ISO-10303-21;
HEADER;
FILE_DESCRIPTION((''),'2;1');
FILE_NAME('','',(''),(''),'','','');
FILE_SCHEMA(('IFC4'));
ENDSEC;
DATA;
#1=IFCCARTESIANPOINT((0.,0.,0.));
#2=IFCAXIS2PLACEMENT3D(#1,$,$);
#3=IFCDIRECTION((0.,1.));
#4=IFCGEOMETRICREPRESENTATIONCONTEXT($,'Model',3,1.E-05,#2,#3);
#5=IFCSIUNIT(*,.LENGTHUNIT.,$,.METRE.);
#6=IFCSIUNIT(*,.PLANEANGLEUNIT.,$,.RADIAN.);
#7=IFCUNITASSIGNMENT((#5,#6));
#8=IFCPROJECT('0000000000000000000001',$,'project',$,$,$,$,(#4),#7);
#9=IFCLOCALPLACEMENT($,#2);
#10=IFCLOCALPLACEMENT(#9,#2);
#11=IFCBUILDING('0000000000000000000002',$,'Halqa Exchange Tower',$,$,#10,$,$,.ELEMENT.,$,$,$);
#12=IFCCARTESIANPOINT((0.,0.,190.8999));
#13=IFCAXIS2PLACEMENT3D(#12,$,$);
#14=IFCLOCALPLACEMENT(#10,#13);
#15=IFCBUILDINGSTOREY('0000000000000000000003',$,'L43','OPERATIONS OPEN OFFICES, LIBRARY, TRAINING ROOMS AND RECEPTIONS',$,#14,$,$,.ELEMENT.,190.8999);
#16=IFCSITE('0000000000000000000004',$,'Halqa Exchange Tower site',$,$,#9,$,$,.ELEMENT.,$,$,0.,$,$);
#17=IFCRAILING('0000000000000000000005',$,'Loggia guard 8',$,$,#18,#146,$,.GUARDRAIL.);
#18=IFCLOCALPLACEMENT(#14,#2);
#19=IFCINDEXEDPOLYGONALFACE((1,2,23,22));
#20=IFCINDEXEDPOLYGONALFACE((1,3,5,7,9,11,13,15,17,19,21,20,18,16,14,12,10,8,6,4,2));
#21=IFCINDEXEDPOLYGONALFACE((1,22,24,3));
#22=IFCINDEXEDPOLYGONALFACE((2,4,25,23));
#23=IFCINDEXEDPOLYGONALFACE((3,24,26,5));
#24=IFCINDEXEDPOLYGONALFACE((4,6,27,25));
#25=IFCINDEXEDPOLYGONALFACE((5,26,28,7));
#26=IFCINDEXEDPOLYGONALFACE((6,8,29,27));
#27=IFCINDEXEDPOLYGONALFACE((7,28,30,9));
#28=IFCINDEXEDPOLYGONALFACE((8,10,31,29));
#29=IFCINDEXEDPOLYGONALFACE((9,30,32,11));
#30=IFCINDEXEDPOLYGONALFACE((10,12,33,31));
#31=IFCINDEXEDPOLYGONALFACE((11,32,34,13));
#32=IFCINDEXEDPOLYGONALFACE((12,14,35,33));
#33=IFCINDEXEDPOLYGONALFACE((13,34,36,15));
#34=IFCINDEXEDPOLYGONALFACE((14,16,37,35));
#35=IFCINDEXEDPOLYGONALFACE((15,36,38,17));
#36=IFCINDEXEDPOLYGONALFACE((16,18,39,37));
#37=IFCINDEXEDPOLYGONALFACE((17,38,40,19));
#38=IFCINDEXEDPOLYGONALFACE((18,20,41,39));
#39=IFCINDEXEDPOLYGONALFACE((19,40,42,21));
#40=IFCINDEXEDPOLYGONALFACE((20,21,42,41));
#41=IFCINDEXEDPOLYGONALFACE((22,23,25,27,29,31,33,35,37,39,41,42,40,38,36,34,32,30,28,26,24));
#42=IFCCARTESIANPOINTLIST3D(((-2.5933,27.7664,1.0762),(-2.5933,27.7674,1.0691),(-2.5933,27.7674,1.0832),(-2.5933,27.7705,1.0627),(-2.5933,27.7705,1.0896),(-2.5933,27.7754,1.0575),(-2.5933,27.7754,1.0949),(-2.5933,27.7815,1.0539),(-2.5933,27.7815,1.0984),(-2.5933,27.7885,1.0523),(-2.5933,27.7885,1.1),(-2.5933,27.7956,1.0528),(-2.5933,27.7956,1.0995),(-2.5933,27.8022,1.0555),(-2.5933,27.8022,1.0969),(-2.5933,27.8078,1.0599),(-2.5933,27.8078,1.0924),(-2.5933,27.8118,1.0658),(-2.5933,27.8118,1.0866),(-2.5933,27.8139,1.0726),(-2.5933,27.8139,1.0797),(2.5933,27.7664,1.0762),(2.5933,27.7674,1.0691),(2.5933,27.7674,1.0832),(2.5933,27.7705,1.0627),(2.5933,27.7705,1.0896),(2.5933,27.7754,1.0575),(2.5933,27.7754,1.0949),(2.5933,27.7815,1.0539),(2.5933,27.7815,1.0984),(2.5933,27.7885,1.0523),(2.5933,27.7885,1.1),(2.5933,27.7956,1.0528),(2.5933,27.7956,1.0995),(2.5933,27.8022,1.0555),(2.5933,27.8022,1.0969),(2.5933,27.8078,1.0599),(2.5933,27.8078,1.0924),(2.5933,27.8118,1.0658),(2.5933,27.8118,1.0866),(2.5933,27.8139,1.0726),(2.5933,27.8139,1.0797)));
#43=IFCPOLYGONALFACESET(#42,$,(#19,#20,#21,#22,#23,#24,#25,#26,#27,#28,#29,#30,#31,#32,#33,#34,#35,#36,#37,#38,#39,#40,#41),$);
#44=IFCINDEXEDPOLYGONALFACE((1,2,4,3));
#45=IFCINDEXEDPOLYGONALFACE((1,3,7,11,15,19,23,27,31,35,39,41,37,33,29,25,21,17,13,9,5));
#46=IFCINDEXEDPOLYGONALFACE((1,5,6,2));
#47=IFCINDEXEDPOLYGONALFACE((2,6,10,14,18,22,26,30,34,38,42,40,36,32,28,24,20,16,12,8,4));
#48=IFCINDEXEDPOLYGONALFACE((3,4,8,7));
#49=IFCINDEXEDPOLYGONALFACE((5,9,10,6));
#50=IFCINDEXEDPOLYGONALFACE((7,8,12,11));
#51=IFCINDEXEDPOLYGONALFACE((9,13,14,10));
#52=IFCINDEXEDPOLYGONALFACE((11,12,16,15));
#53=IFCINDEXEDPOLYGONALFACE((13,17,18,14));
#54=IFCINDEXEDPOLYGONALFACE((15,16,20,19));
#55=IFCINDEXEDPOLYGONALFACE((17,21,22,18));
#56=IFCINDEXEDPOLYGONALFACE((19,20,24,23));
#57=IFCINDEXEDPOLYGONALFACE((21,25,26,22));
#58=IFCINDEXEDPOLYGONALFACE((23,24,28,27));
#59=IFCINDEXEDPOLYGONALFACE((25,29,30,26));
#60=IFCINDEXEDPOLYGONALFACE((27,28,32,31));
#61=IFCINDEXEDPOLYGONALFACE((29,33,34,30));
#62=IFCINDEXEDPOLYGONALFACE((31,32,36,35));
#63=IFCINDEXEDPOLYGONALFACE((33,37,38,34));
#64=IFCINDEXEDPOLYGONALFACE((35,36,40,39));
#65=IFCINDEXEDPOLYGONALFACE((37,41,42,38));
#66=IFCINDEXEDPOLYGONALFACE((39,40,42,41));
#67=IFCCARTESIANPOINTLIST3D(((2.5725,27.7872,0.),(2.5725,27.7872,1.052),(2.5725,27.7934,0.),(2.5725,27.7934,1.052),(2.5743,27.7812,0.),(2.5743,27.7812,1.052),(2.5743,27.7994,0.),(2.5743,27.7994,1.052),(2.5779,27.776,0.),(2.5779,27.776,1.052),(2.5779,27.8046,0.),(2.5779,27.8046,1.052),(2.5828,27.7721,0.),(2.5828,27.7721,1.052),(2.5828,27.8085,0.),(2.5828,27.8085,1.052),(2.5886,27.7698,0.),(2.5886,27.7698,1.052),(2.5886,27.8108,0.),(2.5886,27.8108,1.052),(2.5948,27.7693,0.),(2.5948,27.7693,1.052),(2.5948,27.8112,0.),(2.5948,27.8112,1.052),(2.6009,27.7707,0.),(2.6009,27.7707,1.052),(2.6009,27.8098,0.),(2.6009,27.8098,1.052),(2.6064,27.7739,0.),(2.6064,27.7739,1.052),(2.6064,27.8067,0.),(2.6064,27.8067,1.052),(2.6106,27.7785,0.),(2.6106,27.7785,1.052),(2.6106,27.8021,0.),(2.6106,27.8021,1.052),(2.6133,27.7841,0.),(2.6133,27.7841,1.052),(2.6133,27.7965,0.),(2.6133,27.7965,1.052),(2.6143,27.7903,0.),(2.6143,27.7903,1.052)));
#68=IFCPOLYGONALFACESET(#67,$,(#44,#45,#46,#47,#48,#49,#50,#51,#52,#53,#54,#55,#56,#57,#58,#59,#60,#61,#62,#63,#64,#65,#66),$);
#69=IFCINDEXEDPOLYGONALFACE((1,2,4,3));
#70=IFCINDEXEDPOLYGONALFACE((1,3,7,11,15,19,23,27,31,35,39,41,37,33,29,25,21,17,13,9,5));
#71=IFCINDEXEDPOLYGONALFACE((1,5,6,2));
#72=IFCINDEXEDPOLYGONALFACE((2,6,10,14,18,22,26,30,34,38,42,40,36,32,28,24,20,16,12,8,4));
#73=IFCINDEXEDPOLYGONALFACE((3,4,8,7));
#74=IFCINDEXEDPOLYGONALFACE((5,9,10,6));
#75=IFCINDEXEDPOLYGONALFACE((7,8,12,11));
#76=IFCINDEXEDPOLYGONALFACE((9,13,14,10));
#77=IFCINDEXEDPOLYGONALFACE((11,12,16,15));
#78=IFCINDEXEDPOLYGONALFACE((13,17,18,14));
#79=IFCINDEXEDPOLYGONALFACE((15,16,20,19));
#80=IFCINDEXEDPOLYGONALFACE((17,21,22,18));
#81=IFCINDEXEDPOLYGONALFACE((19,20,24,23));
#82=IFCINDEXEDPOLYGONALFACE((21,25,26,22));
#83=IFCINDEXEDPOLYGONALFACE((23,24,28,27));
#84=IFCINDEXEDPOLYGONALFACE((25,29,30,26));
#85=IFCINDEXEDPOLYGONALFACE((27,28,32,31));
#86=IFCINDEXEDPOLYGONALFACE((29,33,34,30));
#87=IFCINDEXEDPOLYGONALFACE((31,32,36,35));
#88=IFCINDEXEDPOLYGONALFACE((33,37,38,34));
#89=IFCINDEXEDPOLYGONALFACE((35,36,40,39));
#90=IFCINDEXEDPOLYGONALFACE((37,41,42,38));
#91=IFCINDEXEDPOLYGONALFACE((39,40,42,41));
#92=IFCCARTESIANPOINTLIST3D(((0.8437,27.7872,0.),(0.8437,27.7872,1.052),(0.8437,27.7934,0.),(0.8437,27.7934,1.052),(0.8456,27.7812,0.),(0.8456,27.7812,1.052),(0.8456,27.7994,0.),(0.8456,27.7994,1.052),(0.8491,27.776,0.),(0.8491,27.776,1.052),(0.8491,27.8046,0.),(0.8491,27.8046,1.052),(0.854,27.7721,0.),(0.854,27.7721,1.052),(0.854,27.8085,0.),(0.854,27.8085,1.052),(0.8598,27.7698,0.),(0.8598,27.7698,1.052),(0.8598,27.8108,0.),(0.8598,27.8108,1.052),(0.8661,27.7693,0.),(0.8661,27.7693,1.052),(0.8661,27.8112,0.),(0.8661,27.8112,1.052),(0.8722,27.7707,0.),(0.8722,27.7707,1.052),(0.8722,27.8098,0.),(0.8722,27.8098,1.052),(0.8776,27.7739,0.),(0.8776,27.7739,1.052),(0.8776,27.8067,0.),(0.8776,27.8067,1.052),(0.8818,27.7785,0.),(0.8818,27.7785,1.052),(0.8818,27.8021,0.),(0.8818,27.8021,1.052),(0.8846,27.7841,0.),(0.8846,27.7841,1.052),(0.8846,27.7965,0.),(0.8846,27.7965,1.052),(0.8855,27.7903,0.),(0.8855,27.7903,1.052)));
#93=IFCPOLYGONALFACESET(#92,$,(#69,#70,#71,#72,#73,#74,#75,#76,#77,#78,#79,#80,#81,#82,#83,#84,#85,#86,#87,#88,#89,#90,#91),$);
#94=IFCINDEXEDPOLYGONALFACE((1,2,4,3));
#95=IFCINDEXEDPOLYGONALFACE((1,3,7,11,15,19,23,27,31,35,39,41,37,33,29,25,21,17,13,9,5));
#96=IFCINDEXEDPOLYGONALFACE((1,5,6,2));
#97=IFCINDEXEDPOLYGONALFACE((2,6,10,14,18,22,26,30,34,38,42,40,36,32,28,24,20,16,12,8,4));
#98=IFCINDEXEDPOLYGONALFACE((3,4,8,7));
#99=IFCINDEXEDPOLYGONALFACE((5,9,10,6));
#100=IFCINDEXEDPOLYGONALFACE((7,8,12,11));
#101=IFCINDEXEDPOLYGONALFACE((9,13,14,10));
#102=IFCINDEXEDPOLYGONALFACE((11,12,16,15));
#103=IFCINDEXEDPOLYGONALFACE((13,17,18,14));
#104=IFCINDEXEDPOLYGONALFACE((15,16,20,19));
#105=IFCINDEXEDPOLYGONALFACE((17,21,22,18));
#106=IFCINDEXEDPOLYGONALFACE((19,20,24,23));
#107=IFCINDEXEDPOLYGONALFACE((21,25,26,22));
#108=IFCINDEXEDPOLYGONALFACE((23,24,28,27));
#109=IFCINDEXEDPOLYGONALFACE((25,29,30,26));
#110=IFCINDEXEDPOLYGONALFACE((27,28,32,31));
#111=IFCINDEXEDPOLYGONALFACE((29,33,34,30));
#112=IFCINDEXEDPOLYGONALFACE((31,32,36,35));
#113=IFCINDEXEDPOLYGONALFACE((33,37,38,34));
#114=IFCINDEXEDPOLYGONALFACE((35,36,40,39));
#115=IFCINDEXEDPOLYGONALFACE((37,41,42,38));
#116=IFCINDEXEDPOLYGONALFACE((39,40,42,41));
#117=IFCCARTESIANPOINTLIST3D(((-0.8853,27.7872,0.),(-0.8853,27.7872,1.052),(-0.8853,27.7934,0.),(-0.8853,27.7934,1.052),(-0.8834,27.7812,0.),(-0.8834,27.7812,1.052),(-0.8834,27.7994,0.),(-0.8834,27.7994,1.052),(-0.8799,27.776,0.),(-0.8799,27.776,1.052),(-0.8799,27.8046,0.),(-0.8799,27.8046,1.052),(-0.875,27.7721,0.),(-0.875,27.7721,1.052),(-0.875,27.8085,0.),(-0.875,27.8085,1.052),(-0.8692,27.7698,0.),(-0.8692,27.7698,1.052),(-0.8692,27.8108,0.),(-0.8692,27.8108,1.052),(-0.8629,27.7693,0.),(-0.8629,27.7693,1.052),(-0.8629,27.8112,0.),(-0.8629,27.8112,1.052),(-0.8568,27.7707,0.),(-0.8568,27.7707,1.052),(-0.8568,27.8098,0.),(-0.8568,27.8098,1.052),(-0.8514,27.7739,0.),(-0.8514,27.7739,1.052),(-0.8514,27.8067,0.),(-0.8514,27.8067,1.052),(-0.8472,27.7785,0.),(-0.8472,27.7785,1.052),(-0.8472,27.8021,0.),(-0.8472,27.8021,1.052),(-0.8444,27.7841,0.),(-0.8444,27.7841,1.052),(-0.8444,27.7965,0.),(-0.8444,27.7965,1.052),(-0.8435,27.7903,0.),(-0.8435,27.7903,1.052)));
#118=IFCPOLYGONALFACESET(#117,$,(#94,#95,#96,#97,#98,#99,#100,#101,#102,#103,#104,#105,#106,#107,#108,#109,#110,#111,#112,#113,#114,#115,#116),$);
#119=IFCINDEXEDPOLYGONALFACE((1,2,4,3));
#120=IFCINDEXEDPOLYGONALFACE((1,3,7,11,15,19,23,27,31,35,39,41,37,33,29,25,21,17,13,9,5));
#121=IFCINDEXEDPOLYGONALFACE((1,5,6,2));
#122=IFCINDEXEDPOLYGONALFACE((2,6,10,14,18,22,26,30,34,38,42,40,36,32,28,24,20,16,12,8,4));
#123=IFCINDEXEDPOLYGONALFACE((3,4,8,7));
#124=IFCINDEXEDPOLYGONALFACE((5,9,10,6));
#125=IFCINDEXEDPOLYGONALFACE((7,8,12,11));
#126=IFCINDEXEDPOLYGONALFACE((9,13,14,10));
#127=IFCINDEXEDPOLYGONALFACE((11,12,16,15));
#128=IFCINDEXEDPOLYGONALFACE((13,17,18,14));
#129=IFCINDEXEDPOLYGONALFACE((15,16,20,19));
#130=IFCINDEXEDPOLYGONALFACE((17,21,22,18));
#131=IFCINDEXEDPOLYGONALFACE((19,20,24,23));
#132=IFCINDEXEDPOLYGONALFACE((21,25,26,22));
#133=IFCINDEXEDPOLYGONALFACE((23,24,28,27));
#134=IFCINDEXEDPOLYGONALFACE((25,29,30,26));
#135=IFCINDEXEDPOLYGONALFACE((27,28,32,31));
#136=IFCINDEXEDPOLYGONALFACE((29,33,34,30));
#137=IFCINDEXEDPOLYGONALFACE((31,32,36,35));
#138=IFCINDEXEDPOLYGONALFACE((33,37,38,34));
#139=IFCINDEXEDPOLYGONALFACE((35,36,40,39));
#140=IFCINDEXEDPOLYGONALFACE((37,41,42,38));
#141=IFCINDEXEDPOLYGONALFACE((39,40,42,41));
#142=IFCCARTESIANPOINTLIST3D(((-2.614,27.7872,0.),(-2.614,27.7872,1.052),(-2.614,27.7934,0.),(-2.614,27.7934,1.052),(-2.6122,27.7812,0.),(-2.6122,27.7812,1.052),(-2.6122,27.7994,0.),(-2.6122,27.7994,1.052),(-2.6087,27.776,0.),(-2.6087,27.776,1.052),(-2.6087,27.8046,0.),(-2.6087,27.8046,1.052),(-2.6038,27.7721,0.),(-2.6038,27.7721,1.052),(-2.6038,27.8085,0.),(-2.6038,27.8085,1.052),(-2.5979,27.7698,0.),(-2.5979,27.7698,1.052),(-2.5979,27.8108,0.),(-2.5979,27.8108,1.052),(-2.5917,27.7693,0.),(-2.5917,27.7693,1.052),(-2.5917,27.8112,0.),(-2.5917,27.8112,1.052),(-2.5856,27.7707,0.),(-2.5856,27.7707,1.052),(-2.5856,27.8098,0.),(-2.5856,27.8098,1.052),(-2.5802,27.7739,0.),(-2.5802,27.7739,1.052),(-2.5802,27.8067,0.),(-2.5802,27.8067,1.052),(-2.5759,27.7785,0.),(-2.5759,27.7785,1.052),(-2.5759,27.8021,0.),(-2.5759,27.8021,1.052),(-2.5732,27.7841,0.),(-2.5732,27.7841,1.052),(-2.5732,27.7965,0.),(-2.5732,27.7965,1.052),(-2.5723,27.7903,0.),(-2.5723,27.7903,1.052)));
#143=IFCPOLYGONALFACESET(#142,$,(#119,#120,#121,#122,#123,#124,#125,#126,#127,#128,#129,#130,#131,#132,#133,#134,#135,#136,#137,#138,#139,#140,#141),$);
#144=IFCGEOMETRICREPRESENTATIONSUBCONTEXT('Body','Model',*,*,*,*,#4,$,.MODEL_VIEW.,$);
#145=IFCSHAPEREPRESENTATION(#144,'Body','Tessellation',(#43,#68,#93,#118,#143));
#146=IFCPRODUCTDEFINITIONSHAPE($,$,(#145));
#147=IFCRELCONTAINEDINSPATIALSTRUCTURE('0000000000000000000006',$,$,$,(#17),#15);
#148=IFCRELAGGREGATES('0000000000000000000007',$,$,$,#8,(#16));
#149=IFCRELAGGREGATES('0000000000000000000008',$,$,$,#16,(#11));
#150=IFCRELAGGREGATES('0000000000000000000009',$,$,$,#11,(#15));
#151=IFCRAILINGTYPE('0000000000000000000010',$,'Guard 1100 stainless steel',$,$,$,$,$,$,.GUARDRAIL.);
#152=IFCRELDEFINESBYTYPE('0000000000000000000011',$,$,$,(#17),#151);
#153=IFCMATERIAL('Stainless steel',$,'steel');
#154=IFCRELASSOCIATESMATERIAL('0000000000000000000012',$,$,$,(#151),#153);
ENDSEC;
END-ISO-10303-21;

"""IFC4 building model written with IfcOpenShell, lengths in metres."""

from ifc_helpers import new_model, si_unit, direction, frame, origin, origin_2d, place, context, subcontext, project, spatial, circle, extrude, material, type_object, element, save


model = new_model("IFC4")

# Units and contexts
model_context = context("Model", 3, precision=1e-05, world=origin(), true_north=direction((0.0, 1.0)))
body_context = subcontext(model_context, "Body", "Model", "MODEL_VIEW")
ifc_project = project(units=[si_unit("LENGTHUNIT", "METRE"), si_unit("PLANEANGLEUNIT", "RADIAN")], contexts=[model_context])

# Site, building, storey
site_placement = place(None, origin())
site = spatial("IfcSite", under=ifc_project, at=site_placement, Name="Halqa Exchange Tower site", CompositionType="ELEMENT", RefElevation=0.0)
building_placement = place(site_placement, origin())
building = spatial("IfcBuilding", under=site, at=building_placement, Name="Halqa Exchange Tower", CompositionType="ELEMENT")
storey_placement = place(building_placement, frame((0.0, 0.0, 190.8999)))
storey = spatial("IfcBuildingStorey", under=building, at=storey_placement, Name="L43", Description="OPERATIONS OPEN OFFICES, LIBRARY, TRAINING ROOMS AND RECEPTIONS", CompositionType="ELEMENT", Elevation=190.8999)

# Railing
ifc_material_1 = material(Name="Stainless steel", Category="steel")
railing_type_1 = type_object("IfcRailingType", Name="Guard 1100 stainless steel", PredefinedType="GUARDRAIL", material=ifc_material_1)
railing_1_placement = place(storey_placement, frame((2.5933, 27.7903, 0.0)))
element("IfcRailing", 1, at=railing_1_placement, inside=storey, type_object=railing_type_1, Name="Loggia guard 8", PredefinedType="GUARDRAIL", context=body_context, shape_type="SweptSolid", body=[
    extrude(circle(Radius=0.0239, at=origin_2d()), frame((0.0, 0.0, 1.0762), z_axis=(-1.0, 0.0, 0.0), x_axis=(0.0, -1.0, 0.0)), (0.0, 0.0, 1.0), 5.1865),
    extrude(circle(Radius=0.021, at=origin_2d()), origin(), (0.0, 0.0, 1.0), 1.052),
    extrude(circle(Radius=0.021, at=origin_2d()), frame((-1.7288, 0.0, 0.0)), (0.0, 0.0, 1.0), 1.052),
    extrude(circle(Radius=0.021, at=origin_2d()), frame((-3.4578, 0.0, 0.0)), (0.0, 0.0, 1.0), 1.052),
    extrude(circle(Radius=0.021, at=origin_2d()), frame((-5.1865, 0.0, 0.0)), (0.0, 0.0, 1.0), 1.052),
])

save(model, "model.ifc")
